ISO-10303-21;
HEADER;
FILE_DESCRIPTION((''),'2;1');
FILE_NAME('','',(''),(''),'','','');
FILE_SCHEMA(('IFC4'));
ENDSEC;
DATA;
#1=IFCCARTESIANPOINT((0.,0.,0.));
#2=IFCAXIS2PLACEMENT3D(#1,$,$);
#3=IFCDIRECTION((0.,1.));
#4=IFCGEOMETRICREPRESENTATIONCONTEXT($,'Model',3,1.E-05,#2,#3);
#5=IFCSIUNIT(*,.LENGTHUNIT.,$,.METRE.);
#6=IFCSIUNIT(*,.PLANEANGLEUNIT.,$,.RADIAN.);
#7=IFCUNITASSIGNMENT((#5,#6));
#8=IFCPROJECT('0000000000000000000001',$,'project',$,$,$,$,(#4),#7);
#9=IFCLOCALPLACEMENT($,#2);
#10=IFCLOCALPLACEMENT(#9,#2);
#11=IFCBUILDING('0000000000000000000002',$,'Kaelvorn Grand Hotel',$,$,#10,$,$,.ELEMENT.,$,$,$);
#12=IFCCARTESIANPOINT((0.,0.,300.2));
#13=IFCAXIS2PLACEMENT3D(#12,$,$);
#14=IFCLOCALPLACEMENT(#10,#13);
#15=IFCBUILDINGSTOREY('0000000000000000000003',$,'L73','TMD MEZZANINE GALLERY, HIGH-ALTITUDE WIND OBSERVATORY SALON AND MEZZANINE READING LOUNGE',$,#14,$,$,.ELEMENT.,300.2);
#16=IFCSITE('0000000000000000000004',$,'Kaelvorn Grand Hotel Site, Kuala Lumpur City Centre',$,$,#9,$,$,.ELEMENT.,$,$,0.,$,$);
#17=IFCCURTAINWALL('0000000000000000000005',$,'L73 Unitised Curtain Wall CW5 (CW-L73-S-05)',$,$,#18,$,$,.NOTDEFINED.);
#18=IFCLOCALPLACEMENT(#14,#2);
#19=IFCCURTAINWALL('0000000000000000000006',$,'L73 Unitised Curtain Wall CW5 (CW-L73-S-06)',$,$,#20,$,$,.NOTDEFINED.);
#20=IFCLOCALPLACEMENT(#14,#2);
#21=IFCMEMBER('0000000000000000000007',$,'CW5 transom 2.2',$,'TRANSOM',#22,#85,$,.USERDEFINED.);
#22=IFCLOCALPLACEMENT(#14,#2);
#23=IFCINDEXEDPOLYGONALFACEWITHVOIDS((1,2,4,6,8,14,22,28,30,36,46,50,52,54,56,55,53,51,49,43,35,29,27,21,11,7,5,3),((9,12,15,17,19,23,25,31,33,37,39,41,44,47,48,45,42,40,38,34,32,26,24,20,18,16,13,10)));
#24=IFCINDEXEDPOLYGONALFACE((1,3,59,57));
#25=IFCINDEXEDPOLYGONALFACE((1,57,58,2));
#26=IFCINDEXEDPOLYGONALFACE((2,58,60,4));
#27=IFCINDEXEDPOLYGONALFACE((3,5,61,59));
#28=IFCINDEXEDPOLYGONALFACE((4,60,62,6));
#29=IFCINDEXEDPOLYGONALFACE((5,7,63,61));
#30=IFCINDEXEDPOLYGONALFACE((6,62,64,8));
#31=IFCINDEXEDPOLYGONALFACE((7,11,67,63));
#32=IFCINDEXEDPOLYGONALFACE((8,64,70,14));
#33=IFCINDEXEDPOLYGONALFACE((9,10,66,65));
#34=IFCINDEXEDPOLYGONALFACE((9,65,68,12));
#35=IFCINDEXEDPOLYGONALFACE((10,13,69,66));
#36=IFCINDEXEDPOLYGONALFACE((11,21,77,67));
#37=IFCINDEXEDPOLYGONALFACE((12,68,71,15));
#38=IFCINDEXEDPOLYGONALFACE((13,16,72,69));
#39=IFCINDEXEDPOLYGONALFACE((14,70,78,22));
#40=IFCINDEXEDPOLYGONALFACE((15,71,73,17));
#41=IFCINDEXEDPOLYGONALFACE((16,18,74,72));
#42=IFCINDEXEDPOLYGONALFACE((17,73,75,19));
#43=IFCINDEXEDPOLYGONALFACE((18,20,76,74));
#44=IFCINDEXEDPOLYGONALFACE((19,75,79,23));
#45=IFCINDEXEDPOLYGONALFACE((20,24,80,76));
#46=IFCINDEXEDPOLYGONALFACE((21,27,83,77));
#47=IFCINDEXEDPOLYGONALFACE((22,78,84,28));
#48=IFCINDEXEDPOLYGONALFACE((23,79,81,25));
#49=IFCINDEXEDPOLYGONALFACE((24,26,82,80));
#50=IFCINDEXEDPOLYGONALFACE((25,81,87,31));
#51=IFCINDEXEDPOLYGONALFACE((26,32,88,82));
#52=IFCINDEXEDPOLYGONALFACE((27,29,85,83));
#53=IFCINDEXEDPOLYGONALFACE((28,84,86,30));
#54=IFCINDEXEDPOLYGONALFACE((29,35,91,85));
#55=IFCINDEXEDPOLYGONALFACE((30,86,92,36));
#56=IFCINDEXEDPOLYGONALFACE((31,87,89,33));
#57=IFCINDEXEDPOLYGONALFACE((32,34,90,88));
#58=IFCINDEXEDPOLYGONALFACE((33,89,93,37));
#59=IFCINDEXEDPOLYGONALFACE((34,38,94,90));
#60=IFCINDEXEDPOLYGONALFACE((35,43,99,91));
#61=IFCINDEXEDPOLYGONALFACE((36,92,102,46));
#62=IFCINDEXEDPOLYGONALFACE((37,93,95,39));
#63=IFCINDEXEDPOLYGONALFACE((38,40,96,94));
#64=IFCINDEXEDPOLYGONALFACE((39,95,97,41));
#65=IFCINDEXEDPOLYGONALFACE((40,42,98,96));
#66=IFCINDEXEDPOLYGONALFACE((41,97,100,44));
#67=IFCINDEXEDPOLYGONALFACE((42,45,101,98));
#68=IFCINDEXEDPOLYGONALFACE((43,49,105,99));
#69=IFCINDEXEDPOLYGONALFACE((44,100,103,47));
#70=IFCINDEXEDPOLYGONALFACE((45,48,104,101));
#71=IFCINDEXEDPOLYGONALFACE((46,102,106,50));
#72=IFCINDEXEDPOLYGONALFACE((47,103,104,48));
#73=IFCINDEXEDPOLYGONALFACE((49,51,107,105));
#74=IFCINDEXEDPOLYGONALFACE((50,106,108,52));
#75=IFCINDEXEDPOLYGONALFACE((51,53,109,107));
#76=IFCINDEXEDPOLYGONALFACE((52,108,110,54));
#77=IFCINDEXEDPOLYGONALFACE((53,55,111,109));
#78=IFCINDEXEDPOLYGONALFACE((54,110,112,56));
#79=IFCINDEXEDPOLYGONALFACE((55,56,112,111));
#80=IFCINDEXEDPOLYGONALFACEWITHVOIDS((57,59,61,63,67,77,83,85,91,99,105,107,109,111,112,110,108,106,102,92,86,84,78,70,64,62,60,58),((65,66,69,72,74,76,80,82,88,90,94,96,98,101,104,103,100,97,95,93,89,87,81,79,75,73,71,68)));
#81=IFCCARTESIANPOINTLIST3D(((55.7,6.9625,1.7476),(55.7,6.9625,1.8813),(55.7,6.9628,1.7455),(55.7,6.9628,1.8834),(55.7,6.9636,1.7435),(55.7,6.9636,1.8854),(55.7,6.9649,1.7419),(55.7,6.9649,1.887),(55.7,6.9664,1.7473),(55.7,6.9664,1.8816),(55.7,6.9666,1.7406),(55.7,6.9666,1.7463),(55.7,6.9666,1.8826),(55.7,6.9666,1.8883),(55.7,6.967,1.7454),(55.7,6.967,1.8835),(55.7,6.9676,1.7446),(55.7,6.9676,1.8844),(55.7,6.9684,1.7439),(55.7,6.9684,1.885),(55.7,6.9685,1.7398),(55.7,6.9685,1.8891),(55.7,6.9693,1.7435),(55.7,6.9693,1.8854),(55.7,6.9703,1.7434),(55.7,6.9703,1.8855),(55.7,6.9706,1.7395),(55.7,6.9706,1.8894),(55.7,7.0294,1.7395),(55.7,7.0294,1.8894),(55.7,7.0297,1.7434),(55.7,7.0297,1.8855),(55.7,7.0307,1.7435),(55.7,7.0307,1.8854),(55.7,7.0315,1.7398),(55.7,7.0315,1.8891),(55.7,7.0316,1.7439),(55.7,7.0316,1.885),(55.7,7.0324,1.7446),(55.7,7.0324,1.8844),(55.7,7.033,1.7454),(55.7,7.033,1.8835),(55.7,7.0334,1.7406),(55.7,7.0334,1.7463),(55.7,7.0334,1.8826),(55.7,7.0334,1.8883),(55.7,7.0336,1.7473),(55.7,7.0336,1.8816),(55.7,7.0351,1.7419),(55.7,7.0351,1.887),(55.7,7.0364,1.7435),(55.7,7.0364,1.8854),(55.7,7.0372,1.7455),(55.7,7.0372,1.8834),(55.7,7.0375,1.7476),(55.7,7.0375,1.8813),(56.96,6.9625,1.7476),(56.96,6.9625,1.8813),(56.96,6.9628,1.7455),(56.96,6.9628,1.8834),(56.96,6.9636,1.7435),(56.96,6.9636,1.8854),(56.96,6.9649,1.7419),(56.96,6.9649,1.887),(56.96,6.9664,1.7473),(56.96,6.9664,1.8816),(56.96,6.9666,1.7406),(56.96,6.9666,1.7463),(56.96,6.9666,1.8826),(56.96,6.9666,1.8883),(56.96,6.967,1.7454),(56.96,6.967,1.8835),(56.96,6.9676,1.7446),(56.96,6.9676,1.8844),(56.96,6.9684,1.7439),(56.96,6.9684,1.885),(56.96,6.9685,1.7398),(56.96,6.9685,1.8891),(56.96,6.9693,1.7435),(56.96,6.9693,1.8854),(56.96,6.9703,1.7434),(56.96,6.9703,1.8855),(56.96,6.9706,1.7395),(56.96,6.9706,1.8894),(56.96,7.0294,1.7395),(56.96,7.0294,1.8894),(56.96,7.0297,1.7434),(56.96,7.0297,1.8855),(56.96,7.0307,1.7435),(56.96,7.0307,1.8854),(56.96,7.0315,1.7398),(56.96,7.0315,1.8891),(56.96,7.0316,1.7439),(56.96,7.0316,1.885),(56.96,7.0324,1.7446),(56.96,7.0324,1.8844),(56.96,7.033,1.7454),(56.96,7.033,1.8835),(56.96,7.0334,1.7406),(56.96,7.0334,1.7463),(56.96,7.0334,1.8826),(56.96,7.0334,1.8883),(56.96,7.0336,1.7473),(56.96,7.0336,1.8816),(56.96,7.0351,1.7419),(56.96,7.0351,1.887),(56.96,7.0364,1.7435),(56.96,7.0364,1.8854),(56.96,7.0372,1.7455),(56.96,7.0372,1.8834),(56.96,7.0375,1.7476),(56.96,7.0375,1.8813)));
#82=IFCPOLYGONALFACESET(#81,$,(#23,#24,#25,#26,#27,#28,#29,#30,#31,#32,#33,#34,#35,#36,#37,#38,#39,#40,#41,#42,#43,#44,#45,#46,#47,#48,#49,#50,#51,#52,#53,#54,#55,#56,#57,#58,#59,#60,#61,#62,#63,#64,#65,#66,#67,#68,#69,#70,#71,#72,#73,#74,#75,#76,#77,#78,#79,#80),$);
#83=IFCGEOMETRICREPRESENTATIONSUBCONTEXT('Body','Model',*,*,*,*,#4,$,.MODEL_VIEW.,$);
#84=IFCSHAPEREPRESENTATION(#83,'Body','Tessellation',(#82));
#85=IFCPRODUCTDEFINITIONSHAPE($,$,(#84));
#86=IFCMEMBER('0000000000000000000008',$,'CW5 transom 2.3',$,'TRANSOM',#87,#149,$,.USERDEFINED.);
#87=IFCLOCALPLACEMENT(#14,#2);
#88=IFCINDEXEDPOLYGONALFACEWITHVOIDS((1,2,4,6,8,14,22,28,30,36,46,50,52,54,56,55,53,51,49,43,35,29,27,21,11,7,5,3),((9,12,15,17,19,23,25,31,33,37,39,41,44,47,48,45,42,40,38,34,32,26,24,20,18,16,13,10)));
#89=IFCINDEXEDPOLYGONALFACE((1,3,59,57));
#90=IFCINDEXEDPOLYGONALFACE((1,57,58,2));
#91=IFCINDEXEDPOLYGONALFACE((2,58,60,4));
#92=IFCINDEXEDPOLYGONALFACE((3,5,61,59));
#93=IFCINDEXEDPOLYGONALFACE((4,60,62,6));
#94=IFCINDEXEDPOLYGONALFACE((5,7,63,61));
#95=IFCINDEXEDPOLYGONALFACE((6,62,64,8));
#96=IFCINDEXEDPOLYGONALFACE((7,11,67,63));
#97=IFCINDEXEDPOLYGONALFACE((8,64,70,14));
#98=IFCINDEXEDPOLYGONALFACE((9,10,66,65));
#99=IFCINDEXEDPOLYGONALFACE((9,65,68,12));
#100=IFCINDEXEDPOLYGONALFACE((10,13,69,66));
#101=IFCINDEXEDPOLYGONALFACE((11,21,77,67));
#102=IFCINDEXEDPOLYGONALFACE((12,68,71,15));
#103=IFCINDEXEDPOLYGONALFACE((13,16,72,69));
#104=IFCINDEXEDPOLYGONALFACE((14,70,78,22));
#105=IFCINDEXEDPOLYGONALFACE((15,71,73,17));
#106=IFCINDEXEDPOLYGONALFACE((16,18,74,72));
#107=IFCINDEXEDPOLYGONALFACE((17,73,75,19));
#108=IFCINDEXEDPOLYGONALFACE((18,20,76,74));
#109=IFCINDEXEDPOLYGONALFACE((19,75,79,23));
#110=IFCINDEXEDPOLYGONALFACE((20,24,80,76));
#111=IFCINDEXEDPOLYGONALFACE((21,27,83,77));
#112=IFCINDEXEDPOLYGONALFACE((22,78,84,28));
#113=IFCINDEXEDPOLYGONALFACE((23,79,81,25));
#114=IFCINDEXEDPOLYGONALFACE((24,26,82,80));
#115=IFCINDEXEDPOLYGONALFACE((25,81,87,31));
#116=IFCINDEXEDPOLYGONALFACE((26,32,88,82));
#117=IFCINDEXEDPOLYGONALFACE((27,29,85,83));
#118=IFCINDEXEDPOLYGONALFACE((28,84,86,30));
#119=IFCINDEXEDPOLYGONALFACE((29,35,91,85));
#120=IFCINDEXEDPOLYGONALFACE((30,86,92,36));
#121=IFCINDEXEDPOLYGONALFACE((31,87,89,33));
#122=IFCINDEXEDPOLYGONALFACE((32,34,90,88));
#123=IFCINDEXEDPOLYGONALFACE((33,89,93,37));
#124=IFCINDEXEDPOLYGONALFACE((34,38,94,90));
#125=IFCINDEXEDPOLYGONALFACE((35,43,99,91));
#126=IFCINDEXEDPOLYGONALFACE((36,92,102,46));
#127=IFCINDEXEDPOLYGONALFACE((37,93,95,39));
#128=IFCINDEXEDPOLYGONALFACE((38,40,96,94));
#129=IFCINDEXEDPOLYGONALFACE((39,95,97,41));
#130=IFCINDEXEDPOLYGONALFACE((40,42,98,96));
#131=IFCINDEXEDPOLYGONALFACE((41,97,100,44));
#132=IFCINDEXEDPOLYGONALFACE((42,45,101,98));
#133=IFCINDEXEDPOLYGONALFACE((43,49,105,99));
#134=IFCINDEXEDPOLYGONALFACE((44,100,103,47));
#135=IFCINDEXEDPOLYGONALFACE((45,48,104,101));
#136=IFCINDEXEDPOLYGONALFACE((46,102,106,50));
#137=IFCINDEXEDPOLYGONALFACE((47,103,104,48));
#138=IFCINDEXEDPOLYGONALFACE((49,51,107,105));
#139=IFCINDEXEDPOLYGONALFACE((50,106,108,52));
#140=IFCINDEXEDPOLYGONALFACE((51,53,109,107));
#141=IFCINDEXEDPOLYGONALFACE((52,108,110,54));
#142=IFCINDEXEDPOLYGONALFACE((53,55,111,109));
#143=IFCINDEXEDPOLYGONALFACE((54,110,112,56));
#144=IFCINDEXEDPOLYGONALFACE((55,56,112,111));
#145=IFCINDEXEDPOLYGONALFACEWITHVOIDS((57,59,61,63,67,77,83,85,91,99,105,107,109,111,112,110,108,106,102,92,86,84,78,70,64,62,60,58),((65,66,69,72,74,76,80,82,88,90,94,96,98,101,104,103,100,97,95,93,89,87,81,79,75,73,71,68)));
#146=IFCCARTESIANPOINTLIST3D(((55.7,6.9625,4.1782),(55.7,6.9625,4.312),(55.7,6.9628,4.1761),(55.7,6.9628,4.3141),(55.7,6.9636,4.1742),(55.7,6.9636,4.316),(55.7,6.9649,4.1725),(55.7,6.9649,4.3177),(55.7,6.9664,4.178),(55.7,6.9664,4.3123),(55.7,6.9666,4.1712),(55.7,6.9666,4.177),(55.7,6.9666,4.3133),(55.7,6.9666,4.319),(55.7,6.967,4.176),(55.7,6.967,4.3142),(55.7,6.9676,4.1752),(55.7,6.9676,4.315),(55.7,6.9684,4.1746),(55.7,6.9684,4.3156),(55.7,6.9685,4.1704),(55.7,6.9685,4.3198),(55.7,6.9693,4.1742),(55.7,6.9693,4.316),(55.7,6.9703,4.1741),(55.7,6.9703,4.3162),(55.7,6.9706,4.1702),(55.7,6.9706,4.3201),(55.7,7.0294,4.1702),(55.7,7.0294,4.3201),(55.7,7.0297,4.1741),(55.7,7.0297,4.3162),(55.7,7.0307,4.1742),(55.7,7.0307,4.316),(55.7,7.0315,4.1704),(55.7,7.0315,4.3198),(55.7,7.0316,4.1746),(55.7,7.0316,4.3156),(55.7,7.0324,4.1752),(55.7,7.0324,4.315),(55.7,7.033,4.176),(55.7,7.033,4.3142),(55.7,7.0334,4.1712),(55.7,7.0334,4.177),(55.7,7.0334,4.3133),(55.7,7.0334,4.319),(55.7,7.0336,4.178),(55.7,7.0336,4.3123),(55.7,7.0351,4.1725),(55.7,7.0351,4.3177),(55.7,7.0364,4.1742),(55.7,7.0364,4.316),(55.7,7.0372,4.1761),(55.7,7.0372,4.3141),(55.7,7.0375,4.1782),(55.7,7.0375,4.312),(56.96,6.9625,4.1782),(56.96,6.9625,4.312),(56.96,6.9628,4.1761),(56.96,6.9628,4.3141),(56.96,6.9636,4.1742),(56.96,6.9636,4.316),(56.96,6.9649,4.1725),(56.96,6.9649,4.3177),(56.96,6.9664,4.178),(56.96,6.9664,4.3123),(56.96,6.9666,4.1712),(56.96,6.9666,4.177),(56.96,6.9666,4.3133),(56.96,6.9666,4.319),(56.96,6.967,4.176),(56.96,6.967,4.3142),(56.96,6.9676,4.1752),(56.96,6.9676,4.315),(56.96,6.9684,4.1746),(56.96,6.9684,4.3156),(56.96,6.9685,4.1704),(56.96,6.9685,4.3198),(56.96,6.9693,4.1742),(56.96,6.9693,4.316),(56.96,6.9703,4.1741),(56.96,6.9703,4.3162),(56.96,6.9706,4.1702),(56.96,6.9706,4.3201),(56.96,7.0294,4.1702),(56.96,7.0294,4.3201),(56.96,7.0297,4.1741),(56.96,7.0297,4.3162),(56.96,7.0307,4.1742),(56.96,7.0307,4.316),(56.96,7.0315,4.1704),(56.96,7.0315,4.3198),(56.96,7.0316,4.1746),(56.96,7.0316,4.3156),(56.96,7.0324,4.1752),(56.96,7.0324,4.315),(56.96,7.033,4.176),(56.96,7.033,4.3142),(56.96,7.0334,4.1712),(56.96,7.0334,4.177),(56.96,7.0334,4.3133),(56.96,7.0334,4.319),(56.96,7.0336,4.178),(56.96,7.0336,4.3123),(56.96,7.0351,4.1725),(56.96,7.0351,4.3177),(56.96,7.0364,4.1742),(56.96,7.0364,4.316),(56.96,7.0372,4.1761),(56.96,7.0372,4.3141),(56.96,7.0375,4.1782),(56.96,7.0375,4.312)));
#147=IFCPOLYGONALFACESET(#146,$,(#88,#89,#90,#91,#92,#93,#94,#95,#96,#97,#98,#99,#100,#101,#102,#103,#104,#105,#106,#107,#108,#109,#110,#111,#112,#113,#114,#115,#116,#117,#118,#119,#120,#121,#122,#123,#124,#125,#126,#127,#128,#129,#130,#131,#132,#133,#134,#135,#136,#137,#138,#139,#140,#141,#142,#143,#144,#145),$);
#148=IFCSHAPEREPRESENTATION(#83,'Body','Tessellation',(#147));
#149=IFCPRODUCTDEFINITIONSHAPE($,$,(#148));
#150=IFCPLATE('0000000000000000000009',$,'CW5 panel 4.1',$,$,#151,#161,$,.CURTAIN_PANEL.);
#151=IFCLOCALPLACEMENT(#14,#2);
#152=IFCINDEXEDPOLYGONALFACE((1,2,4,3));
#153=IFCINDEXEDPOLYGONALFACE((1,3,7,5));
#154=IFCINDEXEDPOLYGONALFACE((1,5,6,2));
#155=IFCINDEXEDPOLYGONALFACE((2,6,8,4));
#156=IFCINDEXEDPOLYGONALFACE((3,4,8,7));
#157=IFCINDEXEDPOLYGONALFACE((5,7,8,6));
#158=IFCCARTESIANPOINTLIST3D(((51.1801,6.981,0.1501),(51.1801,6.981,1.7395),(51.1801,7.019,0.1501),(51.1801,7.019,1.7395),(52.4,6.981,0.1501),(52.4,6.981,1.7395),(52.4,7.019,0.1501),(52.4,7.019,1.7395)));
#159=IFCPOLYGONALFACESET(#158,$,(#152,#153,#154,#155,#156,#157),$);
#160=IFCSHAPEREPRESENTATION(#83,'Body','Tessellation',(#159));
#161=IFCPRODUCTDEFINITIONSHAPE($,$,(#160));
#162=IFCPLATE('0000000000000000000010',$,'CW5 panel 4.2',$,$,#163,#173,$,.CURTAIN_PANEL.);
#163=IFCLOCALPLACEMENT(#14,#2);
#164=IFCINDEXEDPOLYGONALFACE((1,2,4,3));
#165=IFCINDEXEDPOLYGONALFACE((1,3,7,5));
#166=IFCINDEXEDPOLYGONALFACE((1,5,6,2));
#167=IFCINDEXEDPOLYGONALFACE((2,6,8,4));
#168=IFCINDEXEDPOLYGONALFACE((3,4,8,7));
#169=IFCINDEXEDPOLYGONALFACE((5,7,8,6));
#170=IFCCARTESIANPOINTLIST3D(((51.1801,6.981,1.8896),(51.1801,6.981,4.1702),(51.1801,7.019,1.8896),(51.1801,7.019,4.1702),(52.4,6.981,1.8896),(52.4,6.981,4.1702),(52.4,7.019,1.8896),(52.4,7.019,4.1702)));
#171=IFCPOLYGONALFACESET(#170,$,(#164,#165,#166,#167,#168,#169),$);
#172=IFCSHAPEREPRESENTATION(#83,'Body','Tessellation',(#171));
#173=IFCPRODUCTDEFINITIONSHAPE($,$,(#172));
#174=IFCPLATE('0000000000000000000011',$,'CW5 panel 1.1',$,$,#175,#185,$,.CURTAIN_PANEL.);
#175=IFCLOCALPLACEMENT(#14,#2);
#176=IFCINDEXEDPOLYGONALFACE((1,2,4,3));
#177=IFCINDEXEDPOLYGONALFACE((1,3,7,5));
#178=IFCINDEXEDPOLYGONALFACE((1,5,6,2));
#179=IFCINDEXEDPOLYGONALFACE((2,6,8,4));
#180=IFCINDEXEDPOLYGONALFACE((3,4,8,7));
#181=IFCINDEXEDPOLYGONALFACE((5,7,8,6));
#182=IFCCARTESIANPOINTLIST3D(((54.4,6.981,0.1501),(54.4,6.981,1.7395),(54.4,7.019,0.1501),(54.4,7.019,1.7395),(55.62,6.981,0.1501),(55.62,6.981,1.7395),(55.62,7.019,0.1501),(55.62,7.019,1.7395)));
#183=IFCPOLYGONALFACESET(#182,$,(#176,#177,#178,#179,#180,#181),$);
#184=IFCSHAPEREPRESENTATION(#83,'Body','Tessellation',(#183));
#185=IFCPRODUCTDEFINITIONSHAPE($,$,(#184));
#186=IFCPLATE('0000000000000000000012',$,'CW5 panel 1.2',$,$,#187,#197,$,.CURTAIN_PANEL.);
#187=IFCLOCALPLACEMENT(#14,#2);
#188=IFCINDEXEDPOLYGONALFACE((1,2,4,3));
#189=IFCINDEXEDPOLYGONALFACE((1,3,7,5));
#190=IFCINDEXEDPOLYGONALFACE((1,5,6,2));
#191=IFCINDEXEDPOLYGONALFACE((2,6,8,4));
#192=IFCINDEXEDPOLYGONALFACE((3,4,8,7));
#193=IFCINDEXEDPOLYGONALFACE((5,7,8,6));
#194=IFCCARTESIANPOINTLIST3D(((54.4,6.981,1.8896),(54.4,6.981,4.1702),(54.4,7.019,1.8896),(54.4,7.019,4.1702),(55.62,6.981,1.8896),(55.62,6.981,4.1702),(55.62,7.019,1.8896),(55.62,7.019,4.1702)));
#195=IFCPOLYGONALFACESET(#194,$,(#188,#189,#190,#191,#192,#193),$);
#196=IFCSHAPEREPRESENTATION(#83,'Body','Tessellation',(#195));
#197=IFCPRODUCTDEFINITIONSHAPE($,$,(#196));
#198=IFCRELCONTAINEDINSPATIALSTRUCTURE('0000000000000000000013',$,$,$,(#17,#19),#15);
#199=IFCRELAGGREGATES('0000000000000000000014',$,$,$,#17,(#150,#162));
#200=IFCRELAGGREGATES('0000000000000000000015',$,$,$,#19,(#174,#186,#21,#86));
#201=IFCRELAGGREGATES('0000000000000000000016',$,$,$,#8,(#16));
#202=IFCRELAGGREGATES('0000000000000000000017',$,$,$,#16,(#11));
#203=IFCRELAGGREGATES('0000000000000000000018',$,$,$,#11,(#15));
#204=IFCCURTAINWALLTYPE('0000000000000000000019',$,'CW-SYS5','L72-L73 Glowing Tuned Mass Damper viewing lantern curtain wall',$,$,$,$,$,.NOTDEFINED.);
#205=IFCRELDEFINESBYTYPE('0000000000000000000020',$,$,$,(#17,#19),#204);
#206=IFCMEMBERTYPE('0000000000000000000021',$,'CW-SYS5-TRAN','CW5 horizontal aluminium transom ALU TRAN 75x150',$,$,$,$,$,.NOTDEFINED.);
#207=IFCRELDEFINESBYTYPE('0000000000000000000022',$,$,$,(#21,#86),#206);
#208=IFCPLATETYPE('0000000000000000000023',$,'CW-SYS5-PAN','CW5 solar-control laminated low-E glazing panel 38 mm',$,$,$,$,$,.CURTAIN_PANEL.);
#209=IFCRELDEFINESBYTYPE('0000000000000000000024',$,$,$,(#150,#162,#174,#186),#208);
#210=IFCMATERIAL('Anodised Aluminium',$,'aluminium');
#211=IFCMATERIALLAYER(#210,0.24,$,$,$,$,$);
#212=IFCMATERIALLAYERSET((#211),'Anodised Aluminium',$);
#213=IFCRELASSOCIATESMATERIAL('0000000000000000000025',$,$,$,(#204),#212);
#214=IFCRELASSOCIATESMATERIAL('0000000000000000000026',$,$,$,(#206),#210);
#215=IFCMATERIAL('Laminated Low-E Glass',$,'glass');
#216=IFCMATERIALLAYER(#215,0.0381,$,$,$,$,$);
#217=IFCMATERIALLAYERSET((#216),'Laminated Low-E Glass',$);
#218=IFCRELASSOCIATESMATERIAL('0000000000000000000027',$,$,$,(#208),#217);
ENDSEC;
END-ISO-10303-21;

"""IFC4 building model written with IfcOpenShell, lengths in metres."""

from ifc_helpers import new_model, si_unit, direction, frame, origin, origin_2d, place, context, subcontext, project, spatial, rectangle, hollow_rectangle, extrude, material, layer, layer_set, material_profile, profile_set, type_object, element, aggregate, save


model = new_model("IFC4")

# Units and contexts
model_context = context("Model", 3, precision=1e-05, world=origin(), true_north=direction((0.0, 1.0)))
body_context = subcontext(model_context, "Body", "Model", "MODEL_VIEW")
ifc_project = project(units=[si_unit("LENGTHUNIT", "METRE"), si_unit("PLANEANGLEUNIT", "RADIAN")], contexts=[model_context])

# Site, building, storey
site_placement = place(None, origin())
site = spatial("IfcSite", under=ifc_project, at=site_placement, Name="Kaelvorn Grand Hotel Site, Kuala Lumpur City Centre", CompositionType="ELEMENT", RefElevation=0.0)
building_placement = place(site_placement, origin())
building = spatial("IfcBuilding", under=site, at=building_placement, Name="Kaelvorn Grand Hotel", CompositionType="ELEMENT")
storey_placement = place(building_placement, frame((0.0, 0.0, 300.2)))
storey = spatial("IfcBuildingStorey", under=building, at=storey_placement, Name="L73", Description="TMD MEZZANINE GALLERY, HIGH-ALTITUDE WIND OBSERVATORY SALON AND MEZZANINE READING LOUNGE", CompositionType="ELEMENT", Elevation=300.2)

# Curtain wall
ifc_material_1 = material(Name="Anodised Aluminium", Category="aluminium")
ifc_layer_1 = layer(ifc_material_1, 0.24)
ifc_layer_set_1 = layer_set([ifc_layer_1], Name="Anodised Aluminium")
curtain_wall_type = type_object("IfcCurtainWallType", Name="CW-SYS5", Description="L72-L73 Glowing Tuned Mass Damper viewing lantern curtain wall", PredefinedType="NOTDEFINED", material=ifc_layer_set_1)
curtain_wall_1_placement = place(storey_placement, origin())
curtain_wall_1 = element("IfcCurtainWall", 1, at=curtain_wall_1_placement, inside=storey, type_object=curtain_wall_type, Name="L73 Unitised Curtain Wall CW5 (CW-L73-S-05)", PredefinedType="NOTDEFINED")

# Curtain wall
curtain_wall_2_placement = place(storey_placement, origin())
curtain_wall_2 = element("IfcCurtainWall", 2, at=curtain_wall_2_placement, inside=storey, type_object=curtain_wall_type, Name="L73 Unitised Curtain Wall CW5 (CW-L73-S-06)", PredefinedType="NOTDEFINED")

# Members
ifc_material_profile_1 = material_profile(ifc_material_1, hollow_rectangle(XDim=0.075, YDim=0.1499, WallThickness=0.0039, InnerFilletRadius=0.0039, OuterFilletRadius=0.0081, at=origin_2d()), Name="ALU TRAN 75x150")
ifc_profile_set_1 = profile_set([ifc_material_profile_1], Name="Anodised Aluminium")
member_type_1 = type_object("IfcMemberType", Name="CW-SYS5-TRAN", Description="CW5 horizontal aluminium transom ALU TRAN 75x150", PredefinedType="NOTDEFINED", material=ifc_profile_set_1)
member_1_placement = place(storey_placement, frame((55.7, 7.0, 1.8145), z_axis=(1.0, 0.0, 0.0), x_axis=(0.0, 1.0, 0.0)))
member_1 = element("IfcMember", 3, at=member_1_placement, type_object=member_type_1, Name="CW5 transom 2.2", ObjectType="TRANSOM", PredefinedType="USERDEFINED", context=body_context, shape_type="SweptSolid", body=[
    extrude(hollow_rectangle(XDim=0.075, YDim=0.1499, WallThickness=0.0039, InnerFilletRadius=0.0039, OuterFilletRadius=0.0081, at=origin_2d()), origin(), (0.0, 0.0, 1.0), 1.26),
])
member_2_placement = place(storey_placement, frame((55.7, 7.0, 4.2451), z_axis=(1.0, 0.0, 0.0), x_axis=(0.0, 1.0, 0.0)))
member_2 = element("IfcMember", 4, at=member_2_placement, type_object=member_type_1, Name="CW5 transom 2.3", ObjectType="TRANSOM", PredefinedType="USERDEFINED", context=body_context, shape_type="SweptSolid", body=[
    extrude(hollow_rectangle(XDim=0.075, YDim=0.1499, WallThickness=0.0039, InnerFilletRadius=0.0039, OuterFilletRadius=0.0081, at=origin_2d()), origin(), (0.0, 0.0, 1.0), 1.26),
])

# Plates
ifc_material_2 = material(Name="Laminated Low-E Glass", Category="glass")
ifc_layer_2 = layer(ifc_material_2, 0.0381)
ifc_layer_set_2 = layer_set([ifc_layer_2], Name="Laminated Low-E Glass")
plate_type = type_object("IfcPlateType", Name="CW-SYS5-PAN", Description="CW5 solar-control laminated low-E glazing panel 38 mm", PredefinedType="CURTAIN_PANEL", material=ifc_layer_set_2)
plate_1_placement = place(storey_placement, frame((51.79, 7.0, 0.1501), z_axis=(0.0, 0.0, 1.0), x_axis=(1.0, 0.0, 0.0)))
plate_1 = element("IfcPlate", 5, at=plate_1_placement, type_object=plate_type, Name="CW5 panel 4.1", PredefinedType="CURTAIN_PANEL", context=body_context, shape_type="SweptSolid", body=[
    extrude(rectangle(XDim=1.22, YDim=0.0381, at=origin_2d()), origin(), (0.0, 0.0, 1.0), 1.5894),
])
plate_2_placement = place(storey_placement, frame((51.79, 7.0, 1.8896), z_axis=(0.0, 0.0, 1.0), x_axis=(1.0, 0.0, 0.0)))
plate_2 = element("IfcPlate", 6, at=plate_2_placement, type_object=plate_type, Name="CW5 panel 4.2", PredefinedType="CURTAIN_PANEL", context=body_context, shape_type="SweptSolid", body=[
    extrude(rectangle(XDim=1.22, YDim=0.0381, at=origin_2d()), origin(), (0.0, 0.0, 1.0), 2.2805),
])
aggregate(curtain_wall_1, [plate_1, plate_2])
plate_3_placement = place(storey_placement, frame((55.01, 7.0, 0.1501), z_axis=(0.0, 0.0, 1.0), x_axis=(1.0, 0.0, 0.0)))
plate_3 = element("IfcPlate", 7, at=plate_3_placement, type_object=plate_type, Name="CW5 panel 1.1", PredefinedType="CURTAIN_PANEL", context=body_context, shape_type="SweptSolid", body=[
    extrude(rectangle(XDim=1.22, YDim=0.0381, at=origin_2d()), origin(), (0.0, 0.0, 1.0), 1.5894),
])
plate_4_placement = place(storey_placement, frame((55.01, 7.0, 1.8896), z_axis=(0.0, 0.0, 1.0), x_axis=(1.0, 0.0, 0.0)))
plate_4 = element("IfcPlate", 8, at=plate_4_placement, type_object=plate_type, Name="CW5 panel 1.2", PredefinedType="CURTAIN_PANEL", context=body_context, shape_type="SweptSolid", body=[
    extrude(rectangle(XDim=1.22, YDim=0.0381, at=origin_2d()), origin(), (0.0, 0.0, 1.0), 2.2805),
])
aggregate(curtain_wall_2, [plate_3, plate_4, member_1, member_2])

save(model, "model.ifc")
